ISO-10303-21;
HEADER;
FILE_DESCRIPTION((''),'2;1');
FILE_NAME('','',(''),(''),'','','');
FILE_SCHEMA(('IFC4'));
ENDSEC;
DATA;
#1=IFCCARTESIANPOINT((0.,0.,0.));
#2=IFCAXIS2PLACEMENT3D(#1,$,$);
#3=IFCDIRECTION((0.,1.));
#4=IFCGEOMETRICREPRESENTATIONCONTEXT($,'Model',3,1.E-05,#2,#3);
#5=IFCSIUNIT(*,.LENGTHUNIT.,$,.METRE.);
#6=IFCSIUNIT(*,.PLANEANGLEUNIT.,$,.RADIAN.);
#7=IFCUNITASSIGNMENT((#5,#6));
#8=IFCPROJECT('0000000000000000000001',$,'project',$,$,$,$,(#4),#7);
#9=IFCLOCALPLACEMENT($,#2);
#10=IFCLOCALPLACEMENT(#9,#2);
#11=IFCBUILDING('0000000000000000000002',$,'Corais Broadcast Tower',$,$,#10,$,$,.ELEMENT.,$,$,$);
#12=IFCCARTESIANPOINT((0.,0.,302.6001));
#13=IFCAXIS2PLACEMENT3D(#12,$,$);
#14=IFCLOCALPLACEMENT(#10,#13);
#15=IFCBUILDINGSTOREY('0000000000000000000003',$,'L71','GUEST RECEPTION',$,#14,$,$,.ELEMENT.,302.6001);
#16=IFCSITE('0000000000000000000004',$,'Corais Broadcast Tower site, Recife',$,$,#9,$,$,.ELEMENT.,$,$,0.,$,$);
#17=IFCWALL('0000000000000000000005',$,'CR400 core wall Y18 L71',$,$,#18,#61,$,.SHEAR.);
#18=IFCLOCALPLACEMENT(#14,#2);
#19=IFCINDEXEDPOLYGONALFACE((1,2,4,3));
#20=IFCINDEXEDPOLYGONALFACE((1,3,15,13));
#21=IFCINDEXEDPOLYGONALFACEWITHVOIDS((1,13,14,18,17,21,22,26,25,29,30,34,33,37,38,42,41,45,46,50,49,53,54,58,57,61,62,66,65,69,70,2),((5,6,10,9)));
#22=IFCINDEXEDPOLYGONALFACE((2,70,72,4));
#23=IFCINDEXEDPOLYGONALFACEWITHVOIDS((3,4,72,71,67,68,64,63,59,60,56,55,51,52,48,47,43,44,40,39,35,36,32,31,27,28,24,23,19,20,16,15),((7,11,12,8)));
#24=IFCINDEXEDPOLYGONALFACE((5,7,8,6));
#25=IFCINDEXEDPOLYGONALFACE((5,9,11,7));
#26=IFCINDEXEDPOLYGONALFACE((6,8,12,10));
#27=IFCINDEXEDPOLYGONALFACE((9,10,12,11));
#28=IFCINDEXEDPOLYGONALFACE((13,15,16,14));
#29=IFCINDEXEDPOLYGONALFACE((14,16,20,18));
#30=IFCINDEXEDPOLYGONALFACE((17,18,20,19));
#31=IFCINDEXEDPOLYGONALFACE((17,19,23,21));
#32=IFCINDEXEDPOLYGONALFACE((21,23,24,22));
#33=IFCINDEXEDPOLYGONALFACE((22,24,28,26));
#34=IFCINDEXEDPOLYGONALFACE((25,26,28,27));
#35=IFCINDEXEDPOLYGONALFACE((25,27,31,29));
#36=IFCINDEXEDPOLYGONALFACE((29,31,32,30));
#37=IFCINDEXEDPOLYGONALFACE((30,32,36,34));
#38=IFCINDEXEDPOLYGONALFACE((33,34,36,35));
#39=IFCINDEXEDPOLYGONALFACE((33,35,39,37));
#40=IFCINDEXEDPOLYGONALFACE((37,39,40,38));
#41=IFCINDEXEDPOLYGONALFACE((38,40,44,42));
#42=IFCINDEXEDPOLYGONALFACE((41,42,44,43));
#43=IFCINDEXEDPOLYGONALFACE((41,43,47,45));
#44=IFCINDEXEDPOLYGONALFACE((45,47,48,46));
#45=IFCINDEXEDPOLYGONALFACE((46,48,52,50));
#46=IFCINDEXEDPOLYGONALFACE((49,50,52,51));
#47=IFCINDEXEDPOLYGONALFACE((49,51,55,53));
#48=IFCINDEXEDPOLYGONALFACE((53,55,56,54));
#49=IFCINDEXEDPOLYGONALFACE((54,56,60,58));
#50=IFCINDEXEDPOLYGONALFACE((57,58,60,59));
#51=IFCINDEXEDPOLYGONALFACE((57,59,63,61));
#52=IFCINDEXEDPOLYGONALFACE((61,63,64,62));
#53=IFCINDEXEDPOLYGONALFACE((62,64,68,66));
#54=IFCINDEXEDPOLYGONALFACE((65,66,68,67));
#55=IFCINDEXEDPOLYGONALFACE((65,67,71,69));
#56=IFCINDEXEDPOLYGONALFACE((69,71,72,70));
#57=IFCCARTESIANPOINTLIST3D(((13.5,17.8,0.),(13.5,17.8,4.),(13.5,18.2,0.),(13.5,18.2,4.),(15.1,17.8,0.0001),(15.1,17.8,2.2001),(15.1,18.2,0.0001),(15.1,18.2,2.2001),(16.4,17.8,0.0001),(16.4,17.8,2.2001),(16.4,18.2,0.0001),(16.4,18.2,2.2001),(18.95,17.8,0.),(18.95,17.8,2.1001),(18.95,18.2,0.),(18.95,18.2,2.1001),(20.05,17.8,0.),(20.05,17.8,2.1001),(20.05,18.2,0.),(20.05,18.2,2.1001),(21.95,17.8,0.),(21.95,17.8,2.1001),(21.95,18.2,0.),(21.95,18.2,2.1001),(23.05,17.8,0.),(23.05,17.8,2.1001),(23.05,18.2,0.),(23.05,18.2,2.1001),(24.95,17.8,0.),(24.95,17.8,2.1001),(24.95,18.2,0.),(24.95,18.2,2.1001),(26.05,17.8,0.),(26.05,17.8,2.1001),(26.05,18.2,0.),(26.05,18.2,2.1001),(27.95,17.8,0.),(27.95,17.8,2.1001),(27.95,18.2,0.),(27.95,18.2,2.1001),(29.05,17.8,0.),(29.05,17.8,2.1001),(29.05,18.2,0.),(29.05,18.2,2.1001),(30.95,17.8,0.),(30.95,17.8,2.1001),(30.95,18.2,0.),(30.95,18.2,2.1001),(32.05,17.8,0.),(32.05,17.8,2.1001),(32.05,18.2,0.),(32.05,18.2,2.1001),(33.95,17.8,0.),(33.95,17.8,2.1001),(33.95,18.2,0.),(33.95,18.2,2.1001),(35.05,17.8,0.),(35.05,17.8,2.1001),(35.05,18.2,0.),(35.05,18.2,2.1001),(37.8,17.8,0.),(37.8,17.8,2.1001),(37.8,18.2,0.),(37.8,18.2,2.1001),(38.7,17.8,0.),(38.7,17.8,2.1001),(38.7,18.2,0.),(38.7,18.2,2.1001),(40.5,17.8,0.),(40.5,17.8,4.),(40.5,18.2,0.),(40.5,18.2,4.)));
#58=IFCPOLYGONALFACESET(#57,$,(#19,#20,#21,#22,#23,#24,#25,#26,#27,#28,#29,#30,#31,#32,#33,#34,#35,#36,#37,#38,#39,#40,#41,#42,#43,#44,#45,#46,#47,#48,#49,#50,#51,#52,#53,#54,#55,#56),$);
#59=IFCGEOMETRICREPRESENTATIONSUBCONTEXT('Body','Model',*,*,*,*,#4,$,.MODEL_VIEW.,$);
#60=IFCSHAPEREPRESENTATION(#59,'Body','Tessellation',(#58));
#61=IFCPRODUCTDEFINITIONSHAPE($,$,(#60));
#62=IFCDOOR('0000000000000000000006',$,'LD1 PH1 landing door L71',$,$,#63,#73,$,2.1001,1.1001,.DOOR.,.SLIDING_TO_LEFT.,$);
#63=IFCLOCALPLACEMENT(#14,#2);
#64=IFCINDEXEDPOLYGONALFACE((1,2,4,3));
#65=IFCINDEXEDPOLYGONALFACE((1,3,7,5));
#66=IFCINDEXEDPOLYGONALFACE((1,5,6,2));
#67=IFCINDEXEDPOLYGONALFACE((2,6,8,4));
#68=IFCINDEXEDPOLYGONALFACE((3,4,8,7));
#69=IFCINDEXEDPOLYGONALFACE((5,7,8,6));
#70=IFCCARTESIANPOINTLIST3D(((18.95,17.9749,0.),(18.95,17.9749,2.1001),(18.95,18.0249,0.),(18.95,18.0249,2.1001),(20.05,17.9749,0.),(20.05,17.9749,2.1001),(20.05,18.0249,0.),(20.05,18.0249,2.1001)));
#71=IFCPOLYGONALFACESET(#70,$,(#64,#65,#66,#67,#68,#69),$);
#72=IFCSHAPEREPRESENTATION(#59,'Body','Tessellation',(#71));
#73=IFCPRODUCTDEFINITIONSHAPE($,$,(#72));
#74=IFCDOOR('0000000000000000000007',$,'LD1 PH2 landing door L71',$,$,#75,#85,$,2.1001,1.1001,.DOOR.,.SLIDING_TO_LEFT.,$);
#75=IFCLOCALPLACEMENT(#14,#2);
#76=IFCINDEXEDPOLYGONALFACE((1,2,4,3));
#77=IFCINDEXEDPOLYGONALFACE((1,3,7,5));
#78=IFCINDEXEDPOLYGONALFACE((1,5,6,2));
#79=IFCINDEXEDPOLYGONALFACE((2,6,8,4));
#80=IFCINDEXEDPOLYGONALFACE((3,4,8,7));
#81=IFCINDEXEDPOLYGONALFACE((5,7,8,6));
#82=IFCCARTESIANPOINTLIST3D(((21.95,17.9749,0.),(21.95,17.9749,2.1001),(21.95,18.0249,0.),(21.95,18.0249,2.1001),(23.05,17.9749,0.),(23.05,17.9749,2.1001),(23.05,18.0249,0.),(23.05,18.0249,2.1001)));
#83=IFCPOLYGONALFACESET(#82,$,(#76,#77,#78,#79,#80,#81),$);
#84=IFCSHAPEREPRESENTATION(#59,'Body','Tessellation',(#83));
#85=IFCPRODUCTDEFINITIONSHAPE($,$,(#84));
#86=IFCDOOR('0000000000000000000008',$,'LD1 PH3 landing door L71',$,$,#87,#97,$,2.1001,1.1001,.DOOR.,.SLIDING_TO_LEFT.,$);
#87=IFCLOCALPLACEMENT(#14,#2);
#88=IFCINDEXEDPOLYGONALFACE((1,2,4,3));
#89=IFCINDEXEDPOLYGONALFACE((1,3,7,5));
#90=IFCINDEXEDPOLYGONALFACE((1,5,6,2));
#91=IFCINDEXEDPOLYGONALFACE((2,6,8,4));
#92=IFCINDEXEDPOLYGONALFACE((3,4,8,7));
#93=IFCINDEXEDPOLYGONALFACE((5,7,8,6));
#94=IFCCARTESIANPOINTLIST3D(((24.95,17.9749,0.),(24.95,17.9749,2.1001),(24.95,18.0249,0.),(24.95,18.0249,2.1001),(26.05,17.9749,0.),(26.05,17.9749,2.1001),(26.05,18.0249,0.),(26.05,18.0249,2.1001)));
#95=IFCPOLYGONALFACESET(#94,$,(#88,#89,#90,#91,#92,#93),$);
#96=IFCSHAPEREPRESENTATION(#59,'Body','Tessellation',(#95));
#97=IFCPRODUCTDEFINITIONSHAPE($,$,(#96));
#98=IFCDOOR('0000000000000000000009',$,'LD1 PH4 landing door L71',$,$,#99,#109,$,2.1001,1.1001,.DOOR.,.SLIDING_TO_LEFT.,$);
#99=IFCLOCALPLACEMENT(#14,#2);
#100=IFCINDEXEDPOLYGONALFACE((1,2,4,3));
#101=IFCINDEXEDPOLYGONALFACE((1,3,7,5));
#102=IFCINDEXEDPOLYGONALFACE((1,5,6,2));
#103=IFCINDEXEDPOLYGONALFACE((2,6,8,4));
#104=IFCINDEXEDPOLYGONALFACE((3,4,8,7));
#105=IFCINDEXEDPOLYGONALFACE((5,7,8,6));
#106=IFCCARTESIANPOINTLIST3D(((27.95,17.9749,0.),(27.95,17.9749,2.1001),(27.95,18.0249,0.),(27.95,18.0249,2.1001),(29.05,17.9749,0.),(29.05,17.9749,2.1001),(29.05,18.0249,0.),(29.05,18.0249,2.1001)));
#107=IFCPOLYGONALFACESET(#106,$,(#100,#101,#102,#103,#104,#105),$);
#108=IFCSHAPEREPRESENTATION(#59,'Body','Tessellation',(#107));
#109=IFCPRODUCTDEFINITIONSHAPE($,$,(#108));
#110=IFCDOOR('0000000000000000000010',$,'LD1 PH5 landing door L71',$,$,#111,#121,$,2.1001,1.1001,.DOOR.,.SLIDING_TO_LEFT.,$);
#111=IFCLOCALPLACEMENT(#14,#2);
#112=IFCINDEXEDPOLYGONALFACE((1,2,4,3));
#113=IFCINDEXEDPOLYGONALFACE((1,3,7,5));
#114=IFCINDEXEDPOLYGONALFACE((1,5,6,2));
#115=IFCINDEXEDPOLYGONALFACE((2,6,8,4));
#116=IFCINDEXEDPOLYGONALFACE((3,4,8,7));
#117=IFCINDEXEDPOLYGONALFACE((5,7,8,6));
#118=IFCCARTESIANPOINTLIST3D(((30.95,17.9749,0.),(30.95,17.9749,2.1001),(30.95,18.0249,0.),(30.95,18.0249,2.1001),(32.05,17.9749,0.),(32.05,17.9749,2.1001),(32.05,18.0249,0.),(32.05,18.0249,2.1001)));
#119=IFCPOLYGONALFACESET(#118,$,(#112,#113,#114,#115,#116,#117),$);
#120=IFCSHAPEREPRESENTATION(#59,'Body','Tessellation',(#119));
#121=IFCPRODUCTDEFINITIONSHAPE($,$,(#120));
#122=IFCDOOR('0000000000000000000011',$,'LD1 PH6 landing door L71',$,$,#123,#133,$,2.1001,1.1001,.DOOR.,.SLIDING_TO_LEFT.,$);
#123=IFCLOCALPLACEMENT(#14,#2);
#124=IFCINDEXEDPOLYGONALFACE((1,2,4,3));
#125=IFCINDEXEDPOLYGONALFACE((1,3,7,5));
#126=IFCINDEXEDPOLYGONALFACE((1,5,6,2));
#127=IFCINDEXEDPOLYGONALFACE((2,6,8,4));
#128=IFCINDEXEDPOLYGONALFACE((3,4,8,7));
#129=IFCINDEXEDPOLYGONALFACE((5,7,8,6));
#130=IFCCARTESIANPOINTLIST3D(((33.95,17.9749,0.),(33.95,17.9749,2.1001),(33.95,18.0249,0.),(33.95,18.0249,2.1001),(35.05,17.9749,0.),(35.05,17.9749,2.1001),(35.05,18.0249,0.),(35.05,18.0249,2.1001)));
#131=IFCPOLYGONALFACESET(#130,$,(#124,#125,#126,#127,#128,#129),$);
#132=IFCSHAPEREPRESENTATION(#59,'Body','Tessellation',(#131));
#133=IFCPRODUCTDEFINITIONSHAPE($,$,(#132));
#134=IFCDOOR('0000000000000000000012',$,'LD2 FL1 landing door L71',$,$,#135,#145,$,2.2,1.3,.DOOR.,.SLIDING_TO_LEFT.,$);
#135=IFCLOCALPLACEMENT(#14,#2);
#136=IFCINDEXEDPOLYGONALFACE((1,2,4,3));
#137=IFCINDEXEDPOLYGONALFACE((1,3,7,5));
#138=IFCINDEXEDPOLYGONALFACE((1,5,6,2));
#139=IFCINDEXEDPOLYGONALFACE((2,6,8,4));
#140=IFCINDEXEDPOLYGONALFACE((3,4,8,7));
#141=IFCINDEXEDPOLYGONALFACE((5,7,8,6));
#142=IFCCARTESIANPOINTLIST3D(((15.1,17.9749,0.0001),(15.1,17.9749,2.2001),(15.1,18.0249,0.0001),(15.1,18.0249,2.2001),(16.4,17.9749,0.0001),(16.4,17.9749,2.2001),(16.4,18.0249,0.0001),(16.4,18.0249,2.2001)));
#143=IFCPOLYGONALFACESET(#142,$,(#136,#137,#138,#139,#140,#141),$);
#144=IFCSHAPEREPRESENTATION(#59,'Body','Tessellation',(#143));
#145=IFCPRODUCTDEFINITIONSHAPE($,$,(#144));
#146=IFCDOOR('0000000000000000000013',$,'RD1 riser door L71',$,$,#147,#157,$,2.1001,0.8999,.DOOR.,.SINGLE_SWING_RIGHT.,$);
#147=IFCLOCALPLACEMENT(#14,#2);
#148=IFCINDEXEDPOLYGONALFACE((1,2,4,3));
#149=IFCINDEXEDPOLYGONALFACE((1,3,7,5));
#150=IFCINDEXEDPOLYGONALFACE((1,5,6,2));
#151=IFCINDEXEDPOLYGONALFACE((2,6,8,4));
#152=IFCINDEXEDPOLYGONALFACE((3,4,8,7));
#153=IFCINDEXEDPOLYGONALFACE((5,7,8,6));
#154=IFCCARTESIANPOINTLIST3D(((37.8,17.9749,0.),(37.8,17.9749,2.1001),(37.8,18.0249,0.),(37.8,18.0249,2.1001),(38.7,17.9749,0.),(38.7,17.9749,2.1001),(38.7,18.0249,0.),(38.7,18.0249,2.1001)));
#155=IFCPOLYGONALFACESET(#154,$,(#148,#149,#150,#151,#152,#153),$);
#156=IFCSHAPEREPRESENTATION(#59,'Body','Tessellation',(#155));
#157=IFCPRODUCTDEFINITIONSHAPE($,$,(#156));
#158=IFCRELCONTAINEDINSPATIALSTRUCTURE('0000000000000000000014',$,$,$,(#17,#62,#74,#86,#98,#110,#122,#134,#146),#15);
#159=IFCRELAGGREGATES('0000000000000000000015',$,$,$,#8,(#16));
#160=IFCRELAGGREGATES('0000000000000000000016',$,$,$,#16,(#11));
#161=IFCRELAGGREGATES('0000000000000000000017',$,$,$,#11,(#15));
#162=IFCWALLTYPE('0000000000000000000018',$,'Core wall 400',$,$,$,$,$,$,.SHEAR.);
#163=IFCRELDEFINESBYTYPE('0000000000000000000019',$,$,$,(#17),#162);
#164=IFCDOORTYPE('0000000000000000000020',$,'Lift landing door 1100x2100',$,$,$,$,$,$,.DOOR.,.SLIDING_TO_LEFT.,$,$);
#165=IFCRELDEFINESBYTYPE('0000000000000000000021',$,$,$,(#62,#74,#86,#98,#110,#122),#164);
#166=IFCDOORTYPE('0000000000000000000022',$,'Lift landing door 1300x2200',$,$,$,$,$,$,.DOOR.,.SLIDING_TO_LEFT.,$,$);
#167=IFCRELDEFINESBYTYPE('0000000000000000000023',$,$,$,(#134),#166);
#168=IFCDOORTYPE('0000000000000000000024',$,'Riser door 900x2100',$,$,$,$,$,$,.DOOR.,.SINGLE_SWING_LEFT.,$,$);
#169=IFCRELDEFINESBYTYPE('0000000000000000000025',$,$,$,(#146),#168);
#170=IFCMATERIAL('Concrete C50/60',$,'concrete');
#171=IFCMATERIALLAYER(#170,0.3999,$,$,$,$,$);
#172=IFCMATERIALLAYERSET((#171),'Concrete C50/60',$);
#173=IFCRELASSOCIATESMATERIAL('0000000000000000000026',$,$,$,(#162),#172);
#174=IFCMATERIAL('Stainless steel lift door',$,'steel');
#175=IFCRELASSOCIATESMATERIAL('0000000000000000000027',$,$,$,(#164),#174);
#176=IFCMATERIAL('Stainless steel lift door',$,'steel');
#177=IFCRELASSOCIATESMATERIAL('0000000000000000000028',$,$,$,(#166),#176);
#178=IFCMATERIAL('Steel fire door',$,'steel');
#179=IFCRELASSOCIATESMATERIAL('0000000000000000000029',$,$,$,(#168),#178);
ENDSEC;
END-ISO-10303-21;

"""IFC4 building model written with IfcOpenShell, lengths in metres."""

from ifc_helpers import new_model, si_unit, direction, frame, frame_2d, origin, place, context, subcontext, project, spatial, rectangle, extrude, material, layer, layer_set, type_object, element, fill, save


model = new_model("IFC4")

# Units and contexts
model_context = context("Model", 3, precision=1e-05, world=origin(), true_north=direction((0.0, 1.0)))
body_context = subcontext(model_context, "Body", "Model", "MODEL_VIEW")
ifc_project = project(units=[si_unit("LENGTHUNIT", "METRE"), si_unit("PLANEANGLEUNIT", "RADIAN")], contexts=[model_context])

# Site, building, storey
site_placement = place(None, origin())
site = spatial("IfcSite", under=ifc_project, at=site_placement, Name="Corais Broadcast Tower site, Recife", CompositionType="ELEMENT", RefElevation=0.0)
building_placement = place(site_placement, origin())
building = spatial("IfcBuilding", under=site, at=building_placement, Name="Corais Broadcast Tower", CompositionType="ELEMENT")
storey_placement = place(building_placement, frame((0.0, 0.0, 302.6001)))
storey = spatial("IfcBuildingStorey", under=building, at=storey_placement, Name="L71", Description="GUEST RECEPTION", CompositionType="ELEMENT", Elevation=302.6001)

# Shared definitions
ifc_material_1 = material(Name="Concrete C50/60", Category="concrete")
ifc_layer_1 = layer(ifc_material_1, 0.3999)
ifc_layer_set_1 = layer_set([ifc_layer_1], Name="Concrete C50/60")
wall_type_1 = type_object("IfcWallType", Name="Core wall 400", PredefinedType="SHEAR", material=ifc_layer_set_1)

# Wall, openings, doors
wall_1_placement = place(storey_placement, frame((13.5, 18.0, 0.0), z_axis=(0.0, 0.0, 1.0), x_axis=(1.0, 0.0, 0.0)))
wall_1 = element("IfcWall", 1, at=wall_1_placement, inside=storey, type_object=wall_type_1, Name="CR400 core wall Y18 L71", PredefinedType="SHEAR", context=body_context, shape_type="SweptSolid", body=[
    extrude(rectangle(XDim=27.0, YDim=0.3999, at=frame_2d((13.5, 0.0))), origin(), (0.0, 0.0, 1.0), 4.0),
])
opening_1_placement = place(wall_1_placement, frame((24.3, 0.0, 0.0)))
opening_1 = element("IfcOpeningElement", 2, at=opening_1_placement, cuts=wall_1, PredefinedType="OPENING", context=body_context, shape_type="SweptSolid", body=[
    extrude(rectangle(XDim=0.8999, YDim=2.1001, at=frame_2d((0.45, 1.05))), frame((0.0, 0.21, 0.0), z_axis=(0.0, -1.0, 0.0), x_axis=(1.0, 0.0, 0.0)), (0.0, 0.0, 1.0), 0.4199),
])
opening_2_placement = place(wall_1_placement, frame((5.45, 0.0, 0.0)))
opening_2 = element("IfcOpeningElement", 3, at=opening_2_placement, cuts=wall_1, PredefinedType="OPENING", context=body_context, shape_type="SweptSolid", body=[
    extrude(rectangle(XDim=1.1001, YDim=2.1001, at=frame_2d((0.55, 1.05))), frame((0.0, 0.21, 0.0), z_axis=(0.0, -1.0, 0.0), x_axis=(1.0, 0.0, 0.0)), (0.0, 0.0, 1.0), 0.4199),
])
opening_3_placement = place(wall_1_placement, frame((8.45, 0.0, 0.0)))
opening_3 = element("IfcOpeningElement", 4, at=opening_3_placement, cuts=wall_1, PredefinedType="OPENING", context=body_context, shape_type="SweptSolid", body=[
    extrude(rectangle(XDim=1.1001, YDim=2.1001, at=frame_2d((0.55, 1.05))), frame((0.0, 0.21, 0.0), z_axis=(0.0, -1.0, 0.0), x_axis=(1.0, 0.0, 0.0)), (0.0, 0.0, 1.0), 0.4199),
])
opening_4_placement = place(wall_1_placement, frame((11.45, 0.0, 0.0)))
opening_4 = element("IfcOpeningElement", 5, at=opening_4_placement, cuts=wall_1, PredefinedType="OPENING", context=body_context, shape_type="SweptSolid", body=[
    extrude(rectangle(XDim=1.1001, YDim=2.1001, at=frame_2d((0.55, 1.05))), frame((0.0, 0.21, 0.0), z_axis=(0.0, -1.0, 0.0), x_axis=(1.0, 0.0, 0.0)), (0.0, 0.0, 1.0), 0.4199),
])
opening_5_placement = place(wall_1_placement, frame((14.45, 0.0, 0.0)))
opening_5 = element("IfcOpeningElement", 6, at=opening_5_placement, cuts=wall_1, PredefinedType="OPENING", context=body_context, shape_type="SweptSolid", body=[
    extrude(rectangle(XDim=1.1001, YDim=2.1001, at=frame_2d((0.55, 1.05))), frame((0.0, 0.21, 0.0), z_axis=(0.0, -1.0, 0.0), x_axis=(1.0, 0.0, 0.0)), (0.0, 0.0, 1.0), 0.4199),
])
opening_6_placement = place(wall_1_placement, frame((17.45, 0.0, 0.0)))
opening_6 = element("IfcOpeningElement", 7, at=opening_6_placement, cuts=wall_1, PredefinedType="OPENING", context=body_context, shape_type="SweptSolid", body=[
    extrude(rectangle(XDim=1.1001, YDim=2.1001, at=frame_2d((0.55, 1.05))), frame((0.0, 0.21, 0.0), z_axis=(0.0, -1.0, 0.0), x_axis=(1.0, 0.0, 0.0)), (0.0, 0.0, 1.0), 0.4199),
])
opening_7_placement = place(wall_1_placement, frame((20.45, 0.0, 0.0)))
opening_7 = element("IfcOpeningElement", 8, at=opening_7_placement, cuts=wall_1, PredefinedType="OPENING", context=body_context, shape_type="SweptSolid", body=[
    extrude(rectangle(XDim=1.1001, YDim=2.1001, at=frame_2d((0.55, 1.05))), frame((0.0, 0.21, 0.0), z_axis=(0.0, -1.0, 0.0), x_axis=(1.0, 0.0, 0.0)), (0.0, 0.0, 1.0), 0.4199),
])
opening_8_placement = place(wall_1_placement, frame((1.6001, 0.0, 0.0)))
opening_8 = element("IfcOpeningElement", 9, at=opening_8_placement, cuts=wall_1, PredefinedType="OPENING", context=body_context, shape_type="SweptSolid", body=[
    extrude(rectangle(XDim=1.3, YDim=2.2, at=frame_2d((0.6499, 1.1001))), frame((0.0, 0.21, 0.0), z_axis=(0.0, -1.0, 0.0), x_axis=(1.0, 0.0, 0.0)), (0.0, 0.0, 1.0), 0.4199),
])
ifc_material_2 = material(Name="Stainless steel lift door", Category="steel")
door_type_1 = type_object("IfcDoorType", Name="Lift landing door 1100x2100", OperationType="SLIDING_TO_LEFT", PredefinedType="DOOR", material=ifc_material_2)
door_1_placement = place(opening_2_placement, origin())
door_1 = element("IfcDoor", 10, at=door_1_placement, inside=storey, type_object=door_type_1, Name="LD1 PH1 landing door L71", OperationType="SLIDING_TO_LEFT", OverallHeight=2.1001, OverallWidth=1.1001, PredefinedType="DOOR", context=body_context, shape_type="SweptSolid", body=[
    extrude(rectangle(XDim=1.1001, YDim=2.1001, at=frame_2d((0.55, 1.05))), frame((0.0, 0.0249, 0.0), z_axis=(0.0, -1.0, 0.0), x_axis=(1.0, 0.0, 0.0)), (0.0, 0.0, 1.0), 0.05),
])
fill(opening_2, door_1)
door_2_placement = place(opening_3_placement, origin())
door_2 = element("IfcDoor", 11, at=door_2_placement, inside=storey, type_object=door_type_1, Name="LD1 PH2 landing door L71", OperationType="SLIDING_TO_LEFT", OverallHeight=2.1001, OverallWidth=1.1001, PredefinedType="DOOR", context=body_context, shape_type="SweptSolid", body=[
    extrude(rectangle(XDim=1.1001, YDim=2.1001, at=frame_2d((0.55, 1.05))), frame((0.0, 0.0249, 0.0), z_axis=(0.0, -1.0, 0.0), x_axis=(1.0, 0.0, 0.0)), (0.0, 0.0, 1.0), 0.05),
])
fill(opening_3, door_2)
door_3_placement = place(opening_4_placement, origin())
door_3 = element("IfcDoor", 12, at=door_3_placement, inside=storey, type_object=door_type_1, Name="LD1 PH3 landing door L71", OperationType="SLIDING_TO_LEFT", OverallHeight=2.1001, OverallWidth=1.1001, PredefinedType="DOOR", context=body_context, shape_type="SweptSolid", body=[
    extrude(rectangle(XDim=1.1001, YDim=2.1001, at=frame_2d((0.55, 1.05))), frame((0.0, 0.0249, 0.0), z_axis=(0.0, -1.0, 0.0), x_axis=(1.0, 0.0, 0.0)), (0.0, 0.0, 1.0), 0.05),
])
fill(opening_4, door_3)
door_4_placement = place(opening_5_placement, origin())
door_4 = element("IfcDoor", 13, at=door_4_placement, inside=storey, type_object=door_type_1, Name="LD1 PH4 landing door L71", OperationType="SLIDING_TO_LEFT", OverallHeight=2.1001, OverallWidth=1.1001, PredefinedType="DOOR", context=body_context, shape_type="SweptSolid", body=[
    extrude(rectangle(XDim=1.1001, YDim=2.1001, at=frame_2d((0.55, 1.05))), frame((0.0, 0.0249, 0.0), z_axis=(0.0, -1.0, 0.0), x_axis=(1.0, 0.0, 0.0)), (0.0, 0.0, 1.0), 0.05),
])
fill(opening_5, door_4)
door_5_placement = place(opening_6_placement, origin())
door_5 = element("IfcDoor", 14, at=door_5_placement, inside=storey, type_object=door_type_1, Name="LD1 PH5 landing door L71", OperationType="SLIDING_TO_LEFT", OverallHeight=2.1001, OverallWidth=1.1001, PredefinedType="DOOR", context=body_context, shape_type="SweptSolid", body=[
    extrude(rectangle(XDim=1.1001, YDim=2.1001, at=frame_2d((0.55, 1.05))), frame((0.0, 0.0249, 0.0), z_axis=(0.0, -1.0, 0.0), x_axis=(1.0, 0.0, 0.0)), (0.0, 0.0, 1.0), 0.05),
])
fill(opening_6, door_5)
door_6_placement = place(opening_7_placement, origin())
door_6 = element("IfcDoor", 15, at=door_6_placement, inside=storey, type_object=door_type_1, Name="LD1 PH6 landing door L71", OperationType="SLIDING_TO_LEFT", OverallHeight=2.1001, OverallWidth=1.1001, PredefinedType="DOOR", context=body_context, shape_type="SweptSolid", body=[
    extrude(rectangle(XDim=1.1001, YDim=2.1001, at=frame_2d((0.55, 1.05))), frame((0.0, 0.0249, 0.0), z_axis=(0.0, -1.0, 0.0), x_axis=(1.0, 0.0, 0.0)), (0.0, 0.0, 1.0), 0.05),
])
fill(opening_7, door_6)
ifc_material_3 = material(Name="Stainless steel lift door", Category="steel")
door_type_2 = type_object("IfcDoorType", Name="Lift landing door 1300x2200", OperationType="SLIDING_TO_LEFT", PredefinedType="DOOR", material=ifc_material_3)
door_7_placement = place(opening_8_placement, origin())
door_7 = element("IfcDoor", 16, at=door_7_placement, inside=storey, type_object=door_type_2, Name="LD2 FL1 landing door L71", OperationType="SLIDING_TO_LEFT", OverallHeight=2.2, OverallWidth=1.3, PredefinedType="DOOR", context=body_context, shape_type="SweptSolid", body=[
    extrude(rectangle(XDim=1.3, YDim=2.2, at=frame_2d((0.6499, 1.1001))), frame((0.0, 0.0249, 0.0), z_axis=(0.0, -1.0, 0.0), x_axis=(1.0, 0.0, 0.0)), (0.0, 0.0, 1.0), 0.05),
])
fill(opening_8, door_7)
ifc_material_4 = material(Name="Steel fire door", Category="steel")
door_type_3 = type_object("IfcDoorType", Name="Riser door 900x2100", OperationType="SINGLE_SWING_LEFT", PredefinedType="DOOR", material=ifc_material_4)
door_8_placement = place(opening_1_placement, origin())
door_8 = element("IfcDoor", 17, at=door_8_placement, inside=storey, type_object=door_type_3, Name="RD1 riser door L71", OperationType="SINGLE_SWING_RIGHT", OverallHeight=2.1001, OverallWidth=0.8999, PredefinedType="DOOR", context=body_context, shape_type="SweptSolid", body=[
    extrude(rectangle(XDim=0.8999, YDim=2.1001, at=frame_2d((0.45, 1.05))), frame((0.0, 0.0249, 0.0), z_axis=(0.0, -1.0, 0.0), x_axis=(1.0, 0.0, 0.0)), (0.0, 0.0, 1.0), 0.05),
])
fill(opening_1, door_8)

save(model, "model.ifc")
